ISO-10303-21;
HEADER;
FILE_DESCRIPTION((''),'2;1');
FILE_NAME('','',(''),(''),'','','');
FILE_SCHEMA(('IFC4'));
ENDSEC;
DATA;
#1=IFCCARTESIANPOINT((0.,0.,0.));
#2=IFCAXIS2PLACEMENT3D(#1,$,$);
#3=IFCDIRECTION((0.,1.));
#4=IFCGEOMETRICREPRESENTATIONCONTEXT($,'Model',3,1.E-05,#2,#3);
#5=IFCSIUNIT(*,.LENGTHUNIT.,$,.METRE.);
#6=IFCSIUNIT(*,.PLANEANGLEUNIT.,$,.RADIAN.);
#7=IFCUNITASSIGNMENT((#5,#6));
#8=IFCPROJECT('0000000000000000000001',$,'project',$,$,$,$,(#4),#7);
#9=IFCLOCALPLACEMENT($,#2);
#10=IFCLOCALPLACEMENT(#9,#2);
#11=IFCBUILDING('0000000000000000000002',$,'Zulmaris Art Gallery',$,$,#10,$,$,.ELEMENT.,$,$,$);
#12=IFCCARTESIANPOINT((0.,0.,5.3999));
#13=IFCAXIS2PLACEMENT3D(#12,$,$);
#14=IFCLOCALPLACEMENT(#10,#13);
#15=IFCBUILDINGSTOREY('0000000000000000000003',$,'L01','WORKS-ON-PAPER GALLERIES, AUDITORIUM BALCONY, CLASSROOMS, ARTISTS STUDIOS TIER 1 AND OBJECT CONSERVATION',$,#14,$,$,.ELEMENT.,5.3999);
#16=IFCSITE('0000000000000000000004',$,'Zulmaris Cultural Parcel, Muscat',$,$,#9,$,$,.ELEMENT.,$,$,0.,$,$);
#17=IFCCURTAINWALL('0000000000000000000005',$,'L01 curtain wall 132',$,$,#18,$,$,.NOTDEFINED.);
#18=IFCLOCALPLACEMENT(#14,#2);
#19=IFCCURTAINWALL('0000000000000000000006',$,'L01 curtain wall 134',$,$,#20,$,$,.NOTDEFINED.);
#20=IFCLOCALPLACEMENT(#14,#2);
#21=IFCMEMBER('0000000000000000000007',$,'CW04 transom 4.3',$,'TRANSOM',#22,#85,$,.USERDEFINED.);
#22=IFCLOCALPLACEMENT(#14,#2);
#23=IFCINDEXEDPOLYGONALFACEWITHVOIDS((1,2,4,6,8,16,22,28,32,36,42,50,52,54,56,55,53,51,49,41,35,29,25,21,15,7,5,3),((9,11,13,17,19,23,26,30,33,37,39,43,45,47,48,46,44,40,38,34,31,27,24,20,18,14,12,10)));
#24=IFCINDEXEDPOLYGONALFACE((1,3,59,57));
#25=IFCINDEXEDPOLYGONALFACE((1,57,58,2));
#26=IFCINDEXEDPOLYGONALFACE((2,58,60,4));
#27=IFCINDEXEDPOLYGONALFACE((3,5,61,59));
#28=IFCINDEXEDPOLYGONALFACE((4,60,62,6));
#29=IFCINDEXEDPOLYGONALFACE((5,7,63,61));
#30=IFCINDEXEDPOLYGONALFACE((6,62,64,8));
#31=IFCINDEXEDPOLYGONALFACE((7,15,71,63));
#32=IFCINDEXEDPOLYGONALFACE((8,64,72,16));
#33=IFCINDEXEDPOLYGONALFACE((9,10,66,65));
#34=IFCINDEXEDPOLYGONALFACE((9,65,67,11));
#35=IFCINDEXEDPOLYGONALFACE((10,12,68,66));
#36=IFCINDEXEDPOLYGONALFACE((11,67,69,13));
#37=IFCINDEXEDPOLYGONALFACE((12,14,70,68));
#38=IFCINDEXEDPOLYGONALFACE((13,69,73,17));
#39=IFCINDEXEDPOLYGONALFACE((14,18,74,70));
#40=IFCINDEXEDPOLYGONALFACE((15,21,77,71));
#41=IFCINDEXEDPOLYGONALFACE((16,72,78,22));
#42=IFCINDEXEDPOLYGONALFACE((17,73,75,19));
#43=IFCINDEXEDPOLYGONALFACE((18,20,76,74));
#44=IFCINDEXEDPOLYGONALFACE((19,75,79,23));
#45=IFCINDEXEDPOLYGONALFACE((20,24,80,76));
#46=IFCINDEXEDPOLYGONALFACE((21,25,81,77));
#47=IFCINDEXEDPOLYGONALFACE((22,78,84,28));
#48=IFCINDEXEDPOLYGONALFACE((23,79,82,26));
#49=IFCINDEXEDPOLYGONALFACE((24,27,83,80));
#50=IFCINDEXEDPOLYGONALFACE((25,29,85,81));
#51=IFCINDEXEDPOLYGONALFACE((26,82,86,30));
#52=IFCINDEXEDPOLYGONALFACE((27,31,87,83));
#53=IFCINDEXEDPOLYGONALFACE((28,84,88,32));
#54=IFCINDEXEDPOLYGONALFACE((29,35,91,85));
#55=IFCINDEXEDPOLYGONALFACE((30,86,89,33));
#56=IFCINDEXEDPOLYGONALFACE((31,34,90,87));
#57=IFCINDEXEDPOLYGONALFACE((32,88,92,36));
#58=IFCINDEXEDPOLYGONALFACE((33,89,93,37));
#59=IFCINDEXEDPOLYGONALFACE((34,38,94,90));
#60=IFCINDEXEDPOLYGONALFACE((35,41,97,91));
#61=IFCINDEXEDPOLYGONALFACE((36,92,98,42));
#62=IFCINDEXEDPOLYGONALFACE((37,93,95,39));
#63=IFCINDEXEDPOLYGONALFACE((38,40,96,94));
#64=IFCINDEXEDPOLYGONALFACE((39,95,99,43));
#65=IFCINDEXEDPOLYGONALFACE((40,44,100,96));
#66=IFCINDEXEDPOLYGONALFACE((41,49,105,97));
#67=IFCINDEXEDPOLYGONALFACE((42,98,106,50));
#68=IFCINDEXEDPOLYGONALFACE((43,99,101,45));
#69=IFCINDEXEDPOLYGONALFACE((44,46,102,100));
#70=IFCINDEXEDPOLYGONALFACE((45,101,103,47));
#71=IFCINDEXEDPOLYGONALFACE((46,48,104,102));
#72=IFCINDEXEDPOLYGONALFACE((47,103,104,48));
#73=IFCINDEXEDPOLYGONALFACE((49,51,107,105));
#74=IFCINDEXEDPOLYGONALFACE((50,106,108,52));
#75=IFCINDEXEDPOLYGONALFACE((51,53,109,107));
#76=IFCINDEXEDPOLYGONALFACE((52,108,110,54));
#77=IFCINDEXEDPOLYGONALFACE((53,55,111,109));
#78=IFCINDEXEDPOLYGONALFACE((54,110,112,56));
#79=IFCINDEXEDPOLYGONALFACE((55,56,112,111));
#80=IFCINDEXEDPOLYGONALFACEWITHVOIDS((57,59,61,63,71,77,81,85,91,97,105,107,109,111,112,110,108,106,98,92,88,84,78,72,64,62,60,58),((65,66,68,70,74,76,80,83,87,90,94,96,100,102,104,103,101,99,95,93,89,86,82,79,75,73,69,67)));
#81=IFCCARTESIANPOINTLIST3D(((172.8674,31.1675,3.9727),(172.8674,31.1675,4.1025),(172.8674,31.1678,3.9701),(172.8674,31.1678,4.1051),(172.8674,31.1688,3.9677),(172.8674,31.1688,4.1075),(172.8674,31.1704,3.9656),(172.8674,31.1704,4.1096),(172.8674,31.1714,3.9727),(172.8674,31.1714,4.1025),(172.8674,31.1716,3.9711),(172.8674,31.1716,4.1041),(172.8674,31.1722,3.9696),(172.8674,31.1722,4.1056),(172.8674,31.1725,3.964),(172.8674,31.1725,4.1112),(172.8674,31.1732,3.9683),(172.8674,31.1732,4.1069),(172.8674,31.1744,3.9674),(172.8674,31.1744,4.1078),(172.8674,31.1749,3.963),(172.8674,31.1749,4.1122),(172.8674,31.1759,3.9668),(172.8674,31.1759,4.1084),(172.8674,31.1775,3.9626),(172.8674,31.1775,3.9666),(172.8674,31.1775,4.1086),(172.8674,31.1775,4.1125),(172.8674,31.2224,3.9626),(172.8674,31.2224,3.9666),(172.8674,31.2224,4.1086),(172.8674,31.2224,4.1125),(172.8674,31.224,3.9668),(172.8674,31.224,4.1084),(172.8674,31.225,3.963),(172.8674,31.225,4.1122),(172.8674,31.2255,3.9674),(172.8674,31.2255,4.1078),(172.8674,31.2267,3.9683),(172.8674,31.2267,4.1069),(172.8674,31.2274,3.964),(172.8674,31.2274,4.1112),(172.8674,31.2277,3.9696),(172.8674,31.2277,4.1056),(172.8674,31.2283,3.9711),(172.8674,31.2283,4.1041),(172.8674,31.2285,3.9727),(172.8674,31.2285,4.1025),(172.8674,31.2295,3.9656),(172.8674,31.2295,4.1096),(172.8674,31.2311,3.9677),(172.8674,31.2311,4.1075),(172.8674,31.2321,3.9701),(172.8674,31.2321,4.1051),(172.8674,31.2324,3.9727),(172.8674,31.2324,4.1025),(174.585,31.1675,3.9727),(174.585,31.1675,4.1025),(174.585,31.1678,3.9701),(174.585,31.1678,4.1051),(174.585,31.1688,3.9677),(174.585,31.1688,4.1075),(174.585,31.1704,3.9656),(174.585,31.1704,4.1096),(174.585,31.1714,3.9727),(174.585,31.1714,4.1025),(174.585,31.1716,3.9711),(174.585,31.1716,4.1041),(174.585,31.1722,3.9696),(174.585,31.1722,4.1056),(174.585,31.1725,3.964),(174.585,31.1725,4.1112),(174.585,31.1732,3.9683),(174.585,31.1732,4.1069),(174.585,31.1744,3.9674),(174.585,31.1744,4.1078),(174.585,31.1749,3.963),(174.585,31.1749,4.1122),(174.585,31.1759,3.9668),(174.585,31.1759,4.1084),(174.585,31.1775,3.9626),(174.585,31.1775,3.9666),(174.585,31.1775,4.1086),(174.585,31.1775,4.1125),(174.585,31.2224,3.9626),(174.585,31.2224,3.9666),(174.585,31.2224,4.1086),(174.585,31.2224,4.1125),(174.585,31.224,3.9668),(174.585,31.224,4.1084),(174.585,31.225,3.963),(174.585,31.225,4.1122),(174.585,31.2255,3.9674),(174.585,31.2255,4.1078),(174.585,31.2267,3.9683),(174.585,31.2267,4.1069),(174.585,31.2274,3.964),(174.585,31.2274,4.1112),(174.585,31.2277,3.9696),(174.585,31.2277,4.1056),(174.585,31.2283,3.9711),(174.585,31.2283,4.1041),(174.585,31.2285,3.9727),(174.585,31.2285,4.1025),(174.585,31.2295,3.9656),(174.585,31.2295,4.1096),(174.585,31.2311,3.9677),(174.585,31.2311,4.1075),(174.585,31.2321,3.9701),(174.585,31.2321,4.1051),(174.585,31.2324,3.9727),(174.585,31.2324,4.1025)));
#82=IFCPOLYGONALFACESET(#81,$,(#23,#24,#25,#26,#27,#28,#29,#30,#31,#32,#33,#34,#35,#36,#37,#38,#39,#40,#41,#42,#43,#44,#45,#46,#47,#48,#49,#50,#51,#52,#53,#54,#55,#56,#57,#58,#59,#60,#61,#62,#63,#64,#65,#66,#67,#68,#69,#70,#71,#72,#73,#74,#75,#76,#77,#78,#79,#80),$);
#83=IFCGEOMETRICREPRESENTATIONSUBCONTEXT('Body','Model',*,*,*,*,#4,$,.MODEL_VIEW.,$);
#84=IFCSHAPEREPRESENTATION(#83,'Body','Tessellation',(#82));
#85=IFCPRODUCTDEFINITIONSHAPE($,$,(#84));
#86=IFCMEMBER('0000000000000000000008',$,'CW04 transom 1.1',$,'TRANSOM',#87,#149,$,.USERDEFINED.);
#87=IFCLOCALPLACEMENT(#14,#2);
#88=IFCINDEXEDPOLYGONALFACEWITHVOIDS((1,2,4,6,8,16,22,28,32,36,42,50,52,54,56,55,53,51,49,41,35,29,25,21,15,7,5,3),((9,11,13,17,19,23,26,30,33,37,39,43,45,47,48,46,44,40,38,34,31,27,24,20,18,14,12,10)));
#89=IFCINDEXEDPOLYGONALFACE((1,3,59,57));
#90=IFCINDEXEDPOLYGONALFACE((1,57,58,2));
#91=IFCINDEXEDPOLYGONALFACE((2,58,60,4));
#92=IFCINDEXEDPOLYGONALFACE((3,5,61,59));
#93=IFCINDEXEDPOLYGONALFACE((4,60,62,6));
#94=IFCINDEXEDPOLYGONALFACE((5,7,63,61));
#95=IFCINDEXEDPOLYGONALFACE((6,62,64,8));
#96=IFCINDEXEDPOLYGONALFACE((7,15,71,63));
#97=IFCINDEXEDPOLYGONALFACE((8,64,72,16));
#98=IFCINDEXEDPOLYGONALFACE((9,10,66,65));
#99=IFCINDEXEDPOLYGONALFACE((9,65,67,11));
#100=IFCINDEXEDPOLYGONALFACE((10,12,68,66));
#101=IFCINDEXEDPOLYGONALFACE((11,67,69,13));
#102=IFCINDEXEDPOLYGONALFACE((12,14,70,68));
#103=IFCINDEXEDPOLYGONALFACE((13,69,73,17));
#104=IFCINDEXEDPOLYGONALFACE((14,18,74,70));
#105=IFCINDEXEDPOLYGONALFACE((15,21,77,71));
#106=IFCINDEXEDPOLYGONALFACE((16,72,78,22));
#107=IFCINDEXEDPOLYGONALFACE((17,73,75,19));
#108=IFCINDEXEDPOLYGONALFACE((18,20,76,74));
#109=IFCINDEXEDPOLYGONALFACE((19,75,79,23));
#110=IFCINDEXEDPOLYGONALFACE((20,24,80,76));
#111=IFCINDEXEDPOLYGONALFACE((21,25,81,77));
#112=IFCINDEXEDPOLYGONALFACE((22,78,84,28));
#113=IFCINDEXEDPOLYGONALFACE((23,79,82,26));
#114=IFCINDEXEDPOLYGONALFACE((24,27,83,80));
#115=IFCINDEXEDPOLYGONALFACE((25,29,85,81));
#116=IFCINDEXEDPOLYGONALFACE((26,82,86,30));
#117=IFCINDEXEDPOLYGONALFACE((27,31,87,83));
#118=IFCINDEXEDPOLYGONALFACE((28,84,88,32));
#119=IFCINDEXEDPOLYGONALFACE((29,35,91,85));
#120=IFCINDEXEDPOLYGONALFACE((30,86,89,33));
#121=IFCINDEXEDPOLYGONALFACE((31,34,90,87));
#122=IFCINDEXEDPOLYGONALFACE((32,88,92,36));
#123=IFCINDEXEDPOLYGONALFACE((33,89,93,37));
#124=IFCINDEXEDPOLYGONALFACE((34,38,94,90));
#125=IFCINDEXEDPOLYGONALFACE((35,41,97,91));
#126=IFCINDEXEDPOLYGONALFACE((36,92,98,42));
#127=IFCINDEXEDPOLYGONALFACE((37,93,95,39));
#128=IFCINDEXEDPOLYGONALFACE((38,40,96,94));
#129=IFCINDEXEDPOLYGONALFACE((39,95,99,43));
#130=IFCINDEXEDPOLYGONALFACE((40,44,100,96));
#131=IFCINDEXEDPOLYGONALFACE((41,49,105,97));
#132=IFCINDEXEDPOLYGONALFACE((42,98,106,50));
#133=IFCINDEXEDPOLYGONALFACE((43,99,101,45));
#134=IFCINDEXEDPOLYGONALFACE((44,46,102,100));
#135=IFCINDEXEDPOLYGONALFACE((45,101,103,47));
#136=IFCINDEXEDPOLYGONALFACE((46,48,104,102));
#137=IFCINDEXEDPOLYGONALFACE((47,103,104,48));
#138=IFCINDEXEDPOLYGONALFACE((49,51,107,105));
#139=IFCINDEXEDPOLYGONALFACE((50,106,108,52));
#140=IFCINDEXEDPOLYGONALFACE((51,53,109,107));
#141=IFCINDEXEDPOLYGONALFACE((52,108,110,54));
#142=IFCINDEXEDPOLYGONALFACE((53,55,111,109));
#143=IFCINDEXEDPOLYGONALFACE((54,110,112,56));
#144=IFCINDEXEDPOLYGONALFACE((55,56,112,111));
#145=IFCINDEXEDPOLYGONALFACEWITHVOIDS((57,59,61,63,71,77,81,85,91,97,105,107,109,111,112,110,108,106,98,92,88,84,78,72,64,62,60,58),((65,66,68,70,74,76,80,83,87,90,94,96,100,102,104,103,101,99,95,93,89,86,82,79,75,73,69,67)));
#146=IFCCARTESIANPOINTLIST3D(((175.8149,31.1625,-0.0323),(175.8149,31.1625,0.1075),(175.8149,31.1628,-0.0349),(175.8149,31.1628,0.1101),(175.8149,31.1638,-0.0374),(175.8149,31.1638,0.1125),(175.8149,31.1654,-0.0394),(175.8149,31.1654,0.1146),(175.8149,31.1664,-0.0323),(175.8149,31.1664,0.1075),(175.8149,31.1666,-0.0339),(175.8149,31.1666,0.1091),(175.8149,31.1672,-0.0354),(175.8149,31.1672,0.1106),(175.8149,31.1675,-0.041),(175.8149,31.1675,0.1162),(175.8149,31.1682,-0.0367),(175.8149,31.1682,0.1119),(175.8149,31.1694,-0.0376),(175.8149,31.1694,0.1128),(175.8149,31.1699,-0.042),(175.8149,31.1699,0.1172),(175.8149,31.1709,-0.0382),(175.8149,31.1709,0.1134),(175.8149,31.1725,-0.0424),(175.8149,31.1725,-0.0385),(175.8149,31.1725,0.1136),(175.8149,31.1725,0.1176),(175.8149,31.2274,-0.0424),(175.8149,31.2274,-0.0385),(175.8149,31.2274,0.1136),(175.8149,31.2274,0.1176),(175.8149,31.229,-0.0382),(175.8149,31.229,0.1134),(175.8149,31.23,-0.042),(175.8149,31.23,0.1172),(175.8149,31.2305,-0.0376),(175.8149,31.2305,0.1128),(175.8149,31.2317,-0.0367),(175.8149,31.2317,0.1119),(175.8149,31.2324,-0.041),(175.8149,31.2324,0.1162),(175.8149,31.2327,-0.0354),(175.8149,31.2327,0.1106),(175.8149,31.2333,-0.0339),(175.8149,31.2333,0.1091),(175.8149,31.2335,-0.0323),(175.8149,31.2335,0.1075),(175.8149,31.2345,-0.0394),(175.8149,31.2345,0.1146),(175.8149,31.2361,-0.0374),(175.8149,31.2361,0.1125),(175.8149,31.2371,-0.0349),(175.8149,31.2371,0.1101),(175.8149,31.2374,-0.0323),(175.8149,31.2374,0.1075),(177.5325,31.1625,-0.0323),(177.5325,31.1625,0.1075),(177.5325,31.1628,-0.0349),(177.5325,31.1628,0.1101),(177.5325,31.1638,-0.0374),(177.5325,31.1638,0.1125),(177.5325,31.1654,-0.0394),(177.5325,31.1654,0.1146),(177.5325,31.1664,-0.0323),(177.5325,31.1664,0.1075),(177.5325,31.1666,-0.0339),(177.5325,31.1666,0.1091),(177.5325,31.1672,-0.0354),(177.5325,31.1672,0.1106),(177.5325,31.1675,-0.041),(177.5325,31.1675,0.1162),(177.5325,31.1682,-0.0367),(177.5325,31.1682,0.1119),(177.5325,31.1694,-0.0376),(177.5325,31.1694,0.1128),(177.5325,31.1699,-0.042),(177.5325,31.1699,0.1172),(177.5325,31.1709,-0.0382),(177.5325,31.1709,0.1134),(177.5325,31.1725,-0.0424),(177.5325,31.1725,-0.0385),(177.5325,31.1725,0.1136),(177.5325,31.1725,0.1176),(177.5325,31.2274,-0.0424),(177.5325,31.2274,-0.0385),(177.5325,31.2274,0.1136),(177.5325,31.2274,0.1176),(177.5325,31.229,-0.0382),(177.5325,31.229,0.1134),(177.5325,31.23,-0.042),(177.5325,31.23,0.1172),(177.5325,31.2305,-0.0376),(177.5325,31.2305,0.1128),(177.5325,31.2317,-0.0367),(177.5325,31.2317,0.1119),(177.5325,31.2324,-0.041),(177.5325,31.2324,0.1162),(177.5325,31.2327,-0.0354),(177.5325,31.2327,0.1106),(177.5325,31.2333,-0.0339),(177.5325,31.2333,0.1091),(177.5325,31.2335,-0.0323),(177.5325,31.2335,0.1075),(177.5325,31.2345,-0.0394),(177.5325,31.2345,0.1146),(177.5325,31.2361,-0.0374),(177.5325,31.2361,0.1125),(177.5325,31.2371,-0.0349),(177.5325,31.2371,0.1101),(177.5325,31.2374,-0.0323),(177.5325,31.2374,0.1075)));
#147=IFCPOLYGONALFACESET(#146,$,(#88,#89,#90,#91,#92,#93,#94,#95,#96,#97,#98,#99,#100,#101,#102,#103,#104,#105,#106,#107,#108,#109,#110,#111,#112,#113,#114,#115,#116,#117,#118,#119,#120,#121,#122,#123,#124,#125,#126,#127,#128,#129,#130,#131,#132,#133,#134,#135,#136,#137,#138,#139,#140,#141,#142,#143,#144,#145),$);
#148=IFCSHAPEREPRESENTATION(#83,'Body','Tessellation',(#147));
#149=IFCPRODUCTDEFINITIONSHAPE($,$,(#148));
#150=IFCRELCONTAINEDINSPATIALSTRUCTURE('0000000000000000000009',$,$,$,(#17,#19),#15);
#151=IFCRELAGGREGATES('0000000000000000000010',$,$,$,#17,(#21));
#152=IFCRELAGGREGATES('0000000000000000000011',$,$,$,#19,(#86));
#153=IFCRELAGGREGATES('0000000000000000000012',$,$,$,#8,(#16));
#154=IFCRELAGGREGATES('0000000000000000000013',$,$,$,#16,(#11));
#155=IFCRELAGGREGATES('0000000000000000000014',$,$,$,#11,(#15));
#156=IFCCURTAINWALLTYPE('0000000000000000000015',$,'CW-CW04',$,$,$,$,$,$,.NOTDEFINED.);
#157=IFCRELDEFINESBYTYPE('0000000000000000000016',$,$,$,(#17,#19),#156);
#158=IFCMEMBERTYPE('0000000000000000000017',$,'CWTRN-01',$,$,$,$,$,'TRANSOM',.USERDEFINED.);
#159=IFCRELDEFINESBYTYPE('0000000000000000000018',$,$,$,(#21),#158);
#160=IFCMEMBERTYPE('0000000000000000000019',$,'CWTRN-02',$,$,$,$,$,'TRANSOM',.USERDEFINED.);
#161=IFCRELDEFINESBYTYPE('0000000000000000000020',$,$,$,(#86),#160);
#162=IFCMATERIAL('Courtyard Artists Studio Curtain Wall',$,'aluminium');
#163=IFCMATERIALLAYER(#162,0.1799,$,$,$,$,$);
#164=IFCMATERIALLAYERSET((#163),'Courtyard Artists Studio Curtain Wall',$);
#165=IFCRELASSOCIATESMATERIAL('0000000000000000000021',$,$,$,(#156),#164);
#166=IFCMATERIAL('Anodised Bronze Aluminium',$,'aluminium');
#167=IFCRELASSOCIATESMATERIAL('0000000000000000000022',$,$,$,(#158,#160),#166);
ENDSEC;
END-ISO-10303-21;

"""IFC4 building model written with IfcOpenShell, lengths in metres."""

from ifc_helpers import new_model, si_unit, direction, frame, origin, origin_2d, place, context, subcontext, project, spatial, hollow_rectangle, extrude, material, layer, layer_set, material_profile, profile_set, type_object, element, aggregate, save


model = new_model("IFC4")

# Units and contexts
model_context = context("Model", 3, precision=1e-05, world=origin(), true_north=direction((0.0, 1.0)))
body_context = subcontext(model_context, "Body", "Model", "MODEL_VIEW")
ifc_project = project(units=[si_unit("LENGTHUNIT", "METRE"), si_unit("PLANEANGLEUNIT", "RADIAN")], contexts=[model_context])

# Site, building, storey
site_placement = place(None, origin())
site = spatial("IfcSite", under=ifc_project, at=site_placement, Name="Zulmaris Cultural Parcel, Muscat", CompositionType="ELEMENT", RefElevation=0.0)
building_placement = place(site_placement, origin())
building = spatial("IfcBuilding", under=site, at=building_placement, Name="Zulmaris Art Gallery", CompositionType="ELEMENT")
storey_placement = place(building_placement, frame((0.0, 0.0, 5.3999)))
storey = spatial("IfcBuildingStorey", under=building, at=storey_placement, Name="L01", Description="WORKS-ON-PAPER GALLERIES, AUDITORIUM BALCONY, CLASSROOMS, ARTISTS STUDIOS TIER 1 AND OBJECT CONSERVATION", CompositionType="ELEMENT", Elevation=5.3999)

# Curtain wall
ifc_material_1 = material(Name="Courtyard Artists Studio Curtain Wall", Category="aluminium")
ifc_layer_1 = layer(ifc_material_1, 0.1799)
ifc_layer_set_1 = layer_set([ifc_layer_1], Name="Courtyard Artists Studio Curtain Wall")
curtain_wall_type = type_object("IfcCurtainWallType", Name="CW-CW04", PredefinedType="NOTDEFINED", material=ifc_layer_set_1)
curtain_wall_1_placement = place(storey_placement, origin())
curtain_wall_1 = element("IfcCurtainWall", 1, at=curtain_wall_1_placement, inside=storey, type_object=curtain_wall_type, Name="L01 curtain wall 132", PredefinedType="NOTDEFINED")
ifc_material_2 = material(Name="Anodised Bronze Aluminium", Category="aluminium")

# Curtain wall
curtain_wall_2_placement = place(storey_placement, origin())
curtain_wall_2 = element("IfcCurtainWall", 2, at=curtain_wall_2_placement, inside=storey, type_object=curtain_wall_type, Name="L01 curtain wall 134", PredefinedType="NOTDEFINED")

# Members
ifc_material_profile_1 = material_profile(ifc_material_2, hollow_rectangle(XDim=0.0649, YDim=0.1499, WallThickness=0.0039, InnerFilletRadius=0.0061, OuterFilletRadius=0.01, at=origin_2d()), Name="ALU 65x150x4")
ifc_profile_set_1 = profile_set([ifc_material_profile_1], Name="Anodised Bronze Aluminium")
member_type_1 = type_object("IfcMemberType", Name="CWTRN-01", ElementType="TRANSOM", PredefinedType="USERDEFINED", material=ifc_profile_set_1)
member_1_placement = place(storey_placement, frame((172.8674, 31.2, 4.0376), z_axis=(1.0, 0.0, 0.0), x_axis=(0.0, 1.0, 0.0)))
member_1 = element("IfcMember", 3, at=member_1_placement, type_object=member_type_1, Name="CW04 transom 4.3", ObjectType="TRANSOM", PredefinedType="USERDEFINED", context=body_context, shape_type="SweptSolid", body=[
    extrude(hollow_rectangle(XDim=0.0649, YDim=0.1499, WallThickness=0.0039, InnerFilletRadius=0.0061, OuterFilletRadius=0.01, at=origin_2d()), origin(), (0.0, 0.0, 1.0), 1.7175),
])
ifc_material_profile_2 = material_profile(ifc_material_2, hollow_rectangle(XDim=0.075, YDim=0.1599, WallThickness=0.0039, InnerFilletRadius=0.0061, OuterFilletRadius=0.01, at=origin_2d()), Name="ALU 75x160x4")
ifc_profile_set_2 = profile_set([ifc_material_profile_2], Name="Anodised Bronze Aluminium")
member_type_2 = type_object("IfcMemberType", Name="CWTRN-02", ElementType="TRANSOM", PredefinedType="USERDEFINED", material=ifc_profile_set_2)
member_2_placement = place(storey_placement, frame((175.8149, 31.2, 0.0376), z_axis=(1.0, 0.0, 0.0), x_axis=(0.0, 1.0, 0.0)))
member_2 = element("IfcMember", 4, at=member_2_placement, type_object=member_type_2, Name="CW04 transom 1.1", ObjectType="TRANSOM", PredefinedType="USERDEFINED", context=body_context, shape_type="SweptSolid", body=[
    extrude(hollow_rectangle(XDim=0.075, YDim=0.1599, WallThickness=0.0039, InnerFilletRadius=0.0061, OuterFilletRadius=0.01, at=origin_2d()), origin(), (0.0, 0.0, 1.0), 1.7175),
])

aggregate(curtain_wall_1, [member_1])
aggregate(curtain_wall_2, [member_2])

save(model, "model.ifc")
